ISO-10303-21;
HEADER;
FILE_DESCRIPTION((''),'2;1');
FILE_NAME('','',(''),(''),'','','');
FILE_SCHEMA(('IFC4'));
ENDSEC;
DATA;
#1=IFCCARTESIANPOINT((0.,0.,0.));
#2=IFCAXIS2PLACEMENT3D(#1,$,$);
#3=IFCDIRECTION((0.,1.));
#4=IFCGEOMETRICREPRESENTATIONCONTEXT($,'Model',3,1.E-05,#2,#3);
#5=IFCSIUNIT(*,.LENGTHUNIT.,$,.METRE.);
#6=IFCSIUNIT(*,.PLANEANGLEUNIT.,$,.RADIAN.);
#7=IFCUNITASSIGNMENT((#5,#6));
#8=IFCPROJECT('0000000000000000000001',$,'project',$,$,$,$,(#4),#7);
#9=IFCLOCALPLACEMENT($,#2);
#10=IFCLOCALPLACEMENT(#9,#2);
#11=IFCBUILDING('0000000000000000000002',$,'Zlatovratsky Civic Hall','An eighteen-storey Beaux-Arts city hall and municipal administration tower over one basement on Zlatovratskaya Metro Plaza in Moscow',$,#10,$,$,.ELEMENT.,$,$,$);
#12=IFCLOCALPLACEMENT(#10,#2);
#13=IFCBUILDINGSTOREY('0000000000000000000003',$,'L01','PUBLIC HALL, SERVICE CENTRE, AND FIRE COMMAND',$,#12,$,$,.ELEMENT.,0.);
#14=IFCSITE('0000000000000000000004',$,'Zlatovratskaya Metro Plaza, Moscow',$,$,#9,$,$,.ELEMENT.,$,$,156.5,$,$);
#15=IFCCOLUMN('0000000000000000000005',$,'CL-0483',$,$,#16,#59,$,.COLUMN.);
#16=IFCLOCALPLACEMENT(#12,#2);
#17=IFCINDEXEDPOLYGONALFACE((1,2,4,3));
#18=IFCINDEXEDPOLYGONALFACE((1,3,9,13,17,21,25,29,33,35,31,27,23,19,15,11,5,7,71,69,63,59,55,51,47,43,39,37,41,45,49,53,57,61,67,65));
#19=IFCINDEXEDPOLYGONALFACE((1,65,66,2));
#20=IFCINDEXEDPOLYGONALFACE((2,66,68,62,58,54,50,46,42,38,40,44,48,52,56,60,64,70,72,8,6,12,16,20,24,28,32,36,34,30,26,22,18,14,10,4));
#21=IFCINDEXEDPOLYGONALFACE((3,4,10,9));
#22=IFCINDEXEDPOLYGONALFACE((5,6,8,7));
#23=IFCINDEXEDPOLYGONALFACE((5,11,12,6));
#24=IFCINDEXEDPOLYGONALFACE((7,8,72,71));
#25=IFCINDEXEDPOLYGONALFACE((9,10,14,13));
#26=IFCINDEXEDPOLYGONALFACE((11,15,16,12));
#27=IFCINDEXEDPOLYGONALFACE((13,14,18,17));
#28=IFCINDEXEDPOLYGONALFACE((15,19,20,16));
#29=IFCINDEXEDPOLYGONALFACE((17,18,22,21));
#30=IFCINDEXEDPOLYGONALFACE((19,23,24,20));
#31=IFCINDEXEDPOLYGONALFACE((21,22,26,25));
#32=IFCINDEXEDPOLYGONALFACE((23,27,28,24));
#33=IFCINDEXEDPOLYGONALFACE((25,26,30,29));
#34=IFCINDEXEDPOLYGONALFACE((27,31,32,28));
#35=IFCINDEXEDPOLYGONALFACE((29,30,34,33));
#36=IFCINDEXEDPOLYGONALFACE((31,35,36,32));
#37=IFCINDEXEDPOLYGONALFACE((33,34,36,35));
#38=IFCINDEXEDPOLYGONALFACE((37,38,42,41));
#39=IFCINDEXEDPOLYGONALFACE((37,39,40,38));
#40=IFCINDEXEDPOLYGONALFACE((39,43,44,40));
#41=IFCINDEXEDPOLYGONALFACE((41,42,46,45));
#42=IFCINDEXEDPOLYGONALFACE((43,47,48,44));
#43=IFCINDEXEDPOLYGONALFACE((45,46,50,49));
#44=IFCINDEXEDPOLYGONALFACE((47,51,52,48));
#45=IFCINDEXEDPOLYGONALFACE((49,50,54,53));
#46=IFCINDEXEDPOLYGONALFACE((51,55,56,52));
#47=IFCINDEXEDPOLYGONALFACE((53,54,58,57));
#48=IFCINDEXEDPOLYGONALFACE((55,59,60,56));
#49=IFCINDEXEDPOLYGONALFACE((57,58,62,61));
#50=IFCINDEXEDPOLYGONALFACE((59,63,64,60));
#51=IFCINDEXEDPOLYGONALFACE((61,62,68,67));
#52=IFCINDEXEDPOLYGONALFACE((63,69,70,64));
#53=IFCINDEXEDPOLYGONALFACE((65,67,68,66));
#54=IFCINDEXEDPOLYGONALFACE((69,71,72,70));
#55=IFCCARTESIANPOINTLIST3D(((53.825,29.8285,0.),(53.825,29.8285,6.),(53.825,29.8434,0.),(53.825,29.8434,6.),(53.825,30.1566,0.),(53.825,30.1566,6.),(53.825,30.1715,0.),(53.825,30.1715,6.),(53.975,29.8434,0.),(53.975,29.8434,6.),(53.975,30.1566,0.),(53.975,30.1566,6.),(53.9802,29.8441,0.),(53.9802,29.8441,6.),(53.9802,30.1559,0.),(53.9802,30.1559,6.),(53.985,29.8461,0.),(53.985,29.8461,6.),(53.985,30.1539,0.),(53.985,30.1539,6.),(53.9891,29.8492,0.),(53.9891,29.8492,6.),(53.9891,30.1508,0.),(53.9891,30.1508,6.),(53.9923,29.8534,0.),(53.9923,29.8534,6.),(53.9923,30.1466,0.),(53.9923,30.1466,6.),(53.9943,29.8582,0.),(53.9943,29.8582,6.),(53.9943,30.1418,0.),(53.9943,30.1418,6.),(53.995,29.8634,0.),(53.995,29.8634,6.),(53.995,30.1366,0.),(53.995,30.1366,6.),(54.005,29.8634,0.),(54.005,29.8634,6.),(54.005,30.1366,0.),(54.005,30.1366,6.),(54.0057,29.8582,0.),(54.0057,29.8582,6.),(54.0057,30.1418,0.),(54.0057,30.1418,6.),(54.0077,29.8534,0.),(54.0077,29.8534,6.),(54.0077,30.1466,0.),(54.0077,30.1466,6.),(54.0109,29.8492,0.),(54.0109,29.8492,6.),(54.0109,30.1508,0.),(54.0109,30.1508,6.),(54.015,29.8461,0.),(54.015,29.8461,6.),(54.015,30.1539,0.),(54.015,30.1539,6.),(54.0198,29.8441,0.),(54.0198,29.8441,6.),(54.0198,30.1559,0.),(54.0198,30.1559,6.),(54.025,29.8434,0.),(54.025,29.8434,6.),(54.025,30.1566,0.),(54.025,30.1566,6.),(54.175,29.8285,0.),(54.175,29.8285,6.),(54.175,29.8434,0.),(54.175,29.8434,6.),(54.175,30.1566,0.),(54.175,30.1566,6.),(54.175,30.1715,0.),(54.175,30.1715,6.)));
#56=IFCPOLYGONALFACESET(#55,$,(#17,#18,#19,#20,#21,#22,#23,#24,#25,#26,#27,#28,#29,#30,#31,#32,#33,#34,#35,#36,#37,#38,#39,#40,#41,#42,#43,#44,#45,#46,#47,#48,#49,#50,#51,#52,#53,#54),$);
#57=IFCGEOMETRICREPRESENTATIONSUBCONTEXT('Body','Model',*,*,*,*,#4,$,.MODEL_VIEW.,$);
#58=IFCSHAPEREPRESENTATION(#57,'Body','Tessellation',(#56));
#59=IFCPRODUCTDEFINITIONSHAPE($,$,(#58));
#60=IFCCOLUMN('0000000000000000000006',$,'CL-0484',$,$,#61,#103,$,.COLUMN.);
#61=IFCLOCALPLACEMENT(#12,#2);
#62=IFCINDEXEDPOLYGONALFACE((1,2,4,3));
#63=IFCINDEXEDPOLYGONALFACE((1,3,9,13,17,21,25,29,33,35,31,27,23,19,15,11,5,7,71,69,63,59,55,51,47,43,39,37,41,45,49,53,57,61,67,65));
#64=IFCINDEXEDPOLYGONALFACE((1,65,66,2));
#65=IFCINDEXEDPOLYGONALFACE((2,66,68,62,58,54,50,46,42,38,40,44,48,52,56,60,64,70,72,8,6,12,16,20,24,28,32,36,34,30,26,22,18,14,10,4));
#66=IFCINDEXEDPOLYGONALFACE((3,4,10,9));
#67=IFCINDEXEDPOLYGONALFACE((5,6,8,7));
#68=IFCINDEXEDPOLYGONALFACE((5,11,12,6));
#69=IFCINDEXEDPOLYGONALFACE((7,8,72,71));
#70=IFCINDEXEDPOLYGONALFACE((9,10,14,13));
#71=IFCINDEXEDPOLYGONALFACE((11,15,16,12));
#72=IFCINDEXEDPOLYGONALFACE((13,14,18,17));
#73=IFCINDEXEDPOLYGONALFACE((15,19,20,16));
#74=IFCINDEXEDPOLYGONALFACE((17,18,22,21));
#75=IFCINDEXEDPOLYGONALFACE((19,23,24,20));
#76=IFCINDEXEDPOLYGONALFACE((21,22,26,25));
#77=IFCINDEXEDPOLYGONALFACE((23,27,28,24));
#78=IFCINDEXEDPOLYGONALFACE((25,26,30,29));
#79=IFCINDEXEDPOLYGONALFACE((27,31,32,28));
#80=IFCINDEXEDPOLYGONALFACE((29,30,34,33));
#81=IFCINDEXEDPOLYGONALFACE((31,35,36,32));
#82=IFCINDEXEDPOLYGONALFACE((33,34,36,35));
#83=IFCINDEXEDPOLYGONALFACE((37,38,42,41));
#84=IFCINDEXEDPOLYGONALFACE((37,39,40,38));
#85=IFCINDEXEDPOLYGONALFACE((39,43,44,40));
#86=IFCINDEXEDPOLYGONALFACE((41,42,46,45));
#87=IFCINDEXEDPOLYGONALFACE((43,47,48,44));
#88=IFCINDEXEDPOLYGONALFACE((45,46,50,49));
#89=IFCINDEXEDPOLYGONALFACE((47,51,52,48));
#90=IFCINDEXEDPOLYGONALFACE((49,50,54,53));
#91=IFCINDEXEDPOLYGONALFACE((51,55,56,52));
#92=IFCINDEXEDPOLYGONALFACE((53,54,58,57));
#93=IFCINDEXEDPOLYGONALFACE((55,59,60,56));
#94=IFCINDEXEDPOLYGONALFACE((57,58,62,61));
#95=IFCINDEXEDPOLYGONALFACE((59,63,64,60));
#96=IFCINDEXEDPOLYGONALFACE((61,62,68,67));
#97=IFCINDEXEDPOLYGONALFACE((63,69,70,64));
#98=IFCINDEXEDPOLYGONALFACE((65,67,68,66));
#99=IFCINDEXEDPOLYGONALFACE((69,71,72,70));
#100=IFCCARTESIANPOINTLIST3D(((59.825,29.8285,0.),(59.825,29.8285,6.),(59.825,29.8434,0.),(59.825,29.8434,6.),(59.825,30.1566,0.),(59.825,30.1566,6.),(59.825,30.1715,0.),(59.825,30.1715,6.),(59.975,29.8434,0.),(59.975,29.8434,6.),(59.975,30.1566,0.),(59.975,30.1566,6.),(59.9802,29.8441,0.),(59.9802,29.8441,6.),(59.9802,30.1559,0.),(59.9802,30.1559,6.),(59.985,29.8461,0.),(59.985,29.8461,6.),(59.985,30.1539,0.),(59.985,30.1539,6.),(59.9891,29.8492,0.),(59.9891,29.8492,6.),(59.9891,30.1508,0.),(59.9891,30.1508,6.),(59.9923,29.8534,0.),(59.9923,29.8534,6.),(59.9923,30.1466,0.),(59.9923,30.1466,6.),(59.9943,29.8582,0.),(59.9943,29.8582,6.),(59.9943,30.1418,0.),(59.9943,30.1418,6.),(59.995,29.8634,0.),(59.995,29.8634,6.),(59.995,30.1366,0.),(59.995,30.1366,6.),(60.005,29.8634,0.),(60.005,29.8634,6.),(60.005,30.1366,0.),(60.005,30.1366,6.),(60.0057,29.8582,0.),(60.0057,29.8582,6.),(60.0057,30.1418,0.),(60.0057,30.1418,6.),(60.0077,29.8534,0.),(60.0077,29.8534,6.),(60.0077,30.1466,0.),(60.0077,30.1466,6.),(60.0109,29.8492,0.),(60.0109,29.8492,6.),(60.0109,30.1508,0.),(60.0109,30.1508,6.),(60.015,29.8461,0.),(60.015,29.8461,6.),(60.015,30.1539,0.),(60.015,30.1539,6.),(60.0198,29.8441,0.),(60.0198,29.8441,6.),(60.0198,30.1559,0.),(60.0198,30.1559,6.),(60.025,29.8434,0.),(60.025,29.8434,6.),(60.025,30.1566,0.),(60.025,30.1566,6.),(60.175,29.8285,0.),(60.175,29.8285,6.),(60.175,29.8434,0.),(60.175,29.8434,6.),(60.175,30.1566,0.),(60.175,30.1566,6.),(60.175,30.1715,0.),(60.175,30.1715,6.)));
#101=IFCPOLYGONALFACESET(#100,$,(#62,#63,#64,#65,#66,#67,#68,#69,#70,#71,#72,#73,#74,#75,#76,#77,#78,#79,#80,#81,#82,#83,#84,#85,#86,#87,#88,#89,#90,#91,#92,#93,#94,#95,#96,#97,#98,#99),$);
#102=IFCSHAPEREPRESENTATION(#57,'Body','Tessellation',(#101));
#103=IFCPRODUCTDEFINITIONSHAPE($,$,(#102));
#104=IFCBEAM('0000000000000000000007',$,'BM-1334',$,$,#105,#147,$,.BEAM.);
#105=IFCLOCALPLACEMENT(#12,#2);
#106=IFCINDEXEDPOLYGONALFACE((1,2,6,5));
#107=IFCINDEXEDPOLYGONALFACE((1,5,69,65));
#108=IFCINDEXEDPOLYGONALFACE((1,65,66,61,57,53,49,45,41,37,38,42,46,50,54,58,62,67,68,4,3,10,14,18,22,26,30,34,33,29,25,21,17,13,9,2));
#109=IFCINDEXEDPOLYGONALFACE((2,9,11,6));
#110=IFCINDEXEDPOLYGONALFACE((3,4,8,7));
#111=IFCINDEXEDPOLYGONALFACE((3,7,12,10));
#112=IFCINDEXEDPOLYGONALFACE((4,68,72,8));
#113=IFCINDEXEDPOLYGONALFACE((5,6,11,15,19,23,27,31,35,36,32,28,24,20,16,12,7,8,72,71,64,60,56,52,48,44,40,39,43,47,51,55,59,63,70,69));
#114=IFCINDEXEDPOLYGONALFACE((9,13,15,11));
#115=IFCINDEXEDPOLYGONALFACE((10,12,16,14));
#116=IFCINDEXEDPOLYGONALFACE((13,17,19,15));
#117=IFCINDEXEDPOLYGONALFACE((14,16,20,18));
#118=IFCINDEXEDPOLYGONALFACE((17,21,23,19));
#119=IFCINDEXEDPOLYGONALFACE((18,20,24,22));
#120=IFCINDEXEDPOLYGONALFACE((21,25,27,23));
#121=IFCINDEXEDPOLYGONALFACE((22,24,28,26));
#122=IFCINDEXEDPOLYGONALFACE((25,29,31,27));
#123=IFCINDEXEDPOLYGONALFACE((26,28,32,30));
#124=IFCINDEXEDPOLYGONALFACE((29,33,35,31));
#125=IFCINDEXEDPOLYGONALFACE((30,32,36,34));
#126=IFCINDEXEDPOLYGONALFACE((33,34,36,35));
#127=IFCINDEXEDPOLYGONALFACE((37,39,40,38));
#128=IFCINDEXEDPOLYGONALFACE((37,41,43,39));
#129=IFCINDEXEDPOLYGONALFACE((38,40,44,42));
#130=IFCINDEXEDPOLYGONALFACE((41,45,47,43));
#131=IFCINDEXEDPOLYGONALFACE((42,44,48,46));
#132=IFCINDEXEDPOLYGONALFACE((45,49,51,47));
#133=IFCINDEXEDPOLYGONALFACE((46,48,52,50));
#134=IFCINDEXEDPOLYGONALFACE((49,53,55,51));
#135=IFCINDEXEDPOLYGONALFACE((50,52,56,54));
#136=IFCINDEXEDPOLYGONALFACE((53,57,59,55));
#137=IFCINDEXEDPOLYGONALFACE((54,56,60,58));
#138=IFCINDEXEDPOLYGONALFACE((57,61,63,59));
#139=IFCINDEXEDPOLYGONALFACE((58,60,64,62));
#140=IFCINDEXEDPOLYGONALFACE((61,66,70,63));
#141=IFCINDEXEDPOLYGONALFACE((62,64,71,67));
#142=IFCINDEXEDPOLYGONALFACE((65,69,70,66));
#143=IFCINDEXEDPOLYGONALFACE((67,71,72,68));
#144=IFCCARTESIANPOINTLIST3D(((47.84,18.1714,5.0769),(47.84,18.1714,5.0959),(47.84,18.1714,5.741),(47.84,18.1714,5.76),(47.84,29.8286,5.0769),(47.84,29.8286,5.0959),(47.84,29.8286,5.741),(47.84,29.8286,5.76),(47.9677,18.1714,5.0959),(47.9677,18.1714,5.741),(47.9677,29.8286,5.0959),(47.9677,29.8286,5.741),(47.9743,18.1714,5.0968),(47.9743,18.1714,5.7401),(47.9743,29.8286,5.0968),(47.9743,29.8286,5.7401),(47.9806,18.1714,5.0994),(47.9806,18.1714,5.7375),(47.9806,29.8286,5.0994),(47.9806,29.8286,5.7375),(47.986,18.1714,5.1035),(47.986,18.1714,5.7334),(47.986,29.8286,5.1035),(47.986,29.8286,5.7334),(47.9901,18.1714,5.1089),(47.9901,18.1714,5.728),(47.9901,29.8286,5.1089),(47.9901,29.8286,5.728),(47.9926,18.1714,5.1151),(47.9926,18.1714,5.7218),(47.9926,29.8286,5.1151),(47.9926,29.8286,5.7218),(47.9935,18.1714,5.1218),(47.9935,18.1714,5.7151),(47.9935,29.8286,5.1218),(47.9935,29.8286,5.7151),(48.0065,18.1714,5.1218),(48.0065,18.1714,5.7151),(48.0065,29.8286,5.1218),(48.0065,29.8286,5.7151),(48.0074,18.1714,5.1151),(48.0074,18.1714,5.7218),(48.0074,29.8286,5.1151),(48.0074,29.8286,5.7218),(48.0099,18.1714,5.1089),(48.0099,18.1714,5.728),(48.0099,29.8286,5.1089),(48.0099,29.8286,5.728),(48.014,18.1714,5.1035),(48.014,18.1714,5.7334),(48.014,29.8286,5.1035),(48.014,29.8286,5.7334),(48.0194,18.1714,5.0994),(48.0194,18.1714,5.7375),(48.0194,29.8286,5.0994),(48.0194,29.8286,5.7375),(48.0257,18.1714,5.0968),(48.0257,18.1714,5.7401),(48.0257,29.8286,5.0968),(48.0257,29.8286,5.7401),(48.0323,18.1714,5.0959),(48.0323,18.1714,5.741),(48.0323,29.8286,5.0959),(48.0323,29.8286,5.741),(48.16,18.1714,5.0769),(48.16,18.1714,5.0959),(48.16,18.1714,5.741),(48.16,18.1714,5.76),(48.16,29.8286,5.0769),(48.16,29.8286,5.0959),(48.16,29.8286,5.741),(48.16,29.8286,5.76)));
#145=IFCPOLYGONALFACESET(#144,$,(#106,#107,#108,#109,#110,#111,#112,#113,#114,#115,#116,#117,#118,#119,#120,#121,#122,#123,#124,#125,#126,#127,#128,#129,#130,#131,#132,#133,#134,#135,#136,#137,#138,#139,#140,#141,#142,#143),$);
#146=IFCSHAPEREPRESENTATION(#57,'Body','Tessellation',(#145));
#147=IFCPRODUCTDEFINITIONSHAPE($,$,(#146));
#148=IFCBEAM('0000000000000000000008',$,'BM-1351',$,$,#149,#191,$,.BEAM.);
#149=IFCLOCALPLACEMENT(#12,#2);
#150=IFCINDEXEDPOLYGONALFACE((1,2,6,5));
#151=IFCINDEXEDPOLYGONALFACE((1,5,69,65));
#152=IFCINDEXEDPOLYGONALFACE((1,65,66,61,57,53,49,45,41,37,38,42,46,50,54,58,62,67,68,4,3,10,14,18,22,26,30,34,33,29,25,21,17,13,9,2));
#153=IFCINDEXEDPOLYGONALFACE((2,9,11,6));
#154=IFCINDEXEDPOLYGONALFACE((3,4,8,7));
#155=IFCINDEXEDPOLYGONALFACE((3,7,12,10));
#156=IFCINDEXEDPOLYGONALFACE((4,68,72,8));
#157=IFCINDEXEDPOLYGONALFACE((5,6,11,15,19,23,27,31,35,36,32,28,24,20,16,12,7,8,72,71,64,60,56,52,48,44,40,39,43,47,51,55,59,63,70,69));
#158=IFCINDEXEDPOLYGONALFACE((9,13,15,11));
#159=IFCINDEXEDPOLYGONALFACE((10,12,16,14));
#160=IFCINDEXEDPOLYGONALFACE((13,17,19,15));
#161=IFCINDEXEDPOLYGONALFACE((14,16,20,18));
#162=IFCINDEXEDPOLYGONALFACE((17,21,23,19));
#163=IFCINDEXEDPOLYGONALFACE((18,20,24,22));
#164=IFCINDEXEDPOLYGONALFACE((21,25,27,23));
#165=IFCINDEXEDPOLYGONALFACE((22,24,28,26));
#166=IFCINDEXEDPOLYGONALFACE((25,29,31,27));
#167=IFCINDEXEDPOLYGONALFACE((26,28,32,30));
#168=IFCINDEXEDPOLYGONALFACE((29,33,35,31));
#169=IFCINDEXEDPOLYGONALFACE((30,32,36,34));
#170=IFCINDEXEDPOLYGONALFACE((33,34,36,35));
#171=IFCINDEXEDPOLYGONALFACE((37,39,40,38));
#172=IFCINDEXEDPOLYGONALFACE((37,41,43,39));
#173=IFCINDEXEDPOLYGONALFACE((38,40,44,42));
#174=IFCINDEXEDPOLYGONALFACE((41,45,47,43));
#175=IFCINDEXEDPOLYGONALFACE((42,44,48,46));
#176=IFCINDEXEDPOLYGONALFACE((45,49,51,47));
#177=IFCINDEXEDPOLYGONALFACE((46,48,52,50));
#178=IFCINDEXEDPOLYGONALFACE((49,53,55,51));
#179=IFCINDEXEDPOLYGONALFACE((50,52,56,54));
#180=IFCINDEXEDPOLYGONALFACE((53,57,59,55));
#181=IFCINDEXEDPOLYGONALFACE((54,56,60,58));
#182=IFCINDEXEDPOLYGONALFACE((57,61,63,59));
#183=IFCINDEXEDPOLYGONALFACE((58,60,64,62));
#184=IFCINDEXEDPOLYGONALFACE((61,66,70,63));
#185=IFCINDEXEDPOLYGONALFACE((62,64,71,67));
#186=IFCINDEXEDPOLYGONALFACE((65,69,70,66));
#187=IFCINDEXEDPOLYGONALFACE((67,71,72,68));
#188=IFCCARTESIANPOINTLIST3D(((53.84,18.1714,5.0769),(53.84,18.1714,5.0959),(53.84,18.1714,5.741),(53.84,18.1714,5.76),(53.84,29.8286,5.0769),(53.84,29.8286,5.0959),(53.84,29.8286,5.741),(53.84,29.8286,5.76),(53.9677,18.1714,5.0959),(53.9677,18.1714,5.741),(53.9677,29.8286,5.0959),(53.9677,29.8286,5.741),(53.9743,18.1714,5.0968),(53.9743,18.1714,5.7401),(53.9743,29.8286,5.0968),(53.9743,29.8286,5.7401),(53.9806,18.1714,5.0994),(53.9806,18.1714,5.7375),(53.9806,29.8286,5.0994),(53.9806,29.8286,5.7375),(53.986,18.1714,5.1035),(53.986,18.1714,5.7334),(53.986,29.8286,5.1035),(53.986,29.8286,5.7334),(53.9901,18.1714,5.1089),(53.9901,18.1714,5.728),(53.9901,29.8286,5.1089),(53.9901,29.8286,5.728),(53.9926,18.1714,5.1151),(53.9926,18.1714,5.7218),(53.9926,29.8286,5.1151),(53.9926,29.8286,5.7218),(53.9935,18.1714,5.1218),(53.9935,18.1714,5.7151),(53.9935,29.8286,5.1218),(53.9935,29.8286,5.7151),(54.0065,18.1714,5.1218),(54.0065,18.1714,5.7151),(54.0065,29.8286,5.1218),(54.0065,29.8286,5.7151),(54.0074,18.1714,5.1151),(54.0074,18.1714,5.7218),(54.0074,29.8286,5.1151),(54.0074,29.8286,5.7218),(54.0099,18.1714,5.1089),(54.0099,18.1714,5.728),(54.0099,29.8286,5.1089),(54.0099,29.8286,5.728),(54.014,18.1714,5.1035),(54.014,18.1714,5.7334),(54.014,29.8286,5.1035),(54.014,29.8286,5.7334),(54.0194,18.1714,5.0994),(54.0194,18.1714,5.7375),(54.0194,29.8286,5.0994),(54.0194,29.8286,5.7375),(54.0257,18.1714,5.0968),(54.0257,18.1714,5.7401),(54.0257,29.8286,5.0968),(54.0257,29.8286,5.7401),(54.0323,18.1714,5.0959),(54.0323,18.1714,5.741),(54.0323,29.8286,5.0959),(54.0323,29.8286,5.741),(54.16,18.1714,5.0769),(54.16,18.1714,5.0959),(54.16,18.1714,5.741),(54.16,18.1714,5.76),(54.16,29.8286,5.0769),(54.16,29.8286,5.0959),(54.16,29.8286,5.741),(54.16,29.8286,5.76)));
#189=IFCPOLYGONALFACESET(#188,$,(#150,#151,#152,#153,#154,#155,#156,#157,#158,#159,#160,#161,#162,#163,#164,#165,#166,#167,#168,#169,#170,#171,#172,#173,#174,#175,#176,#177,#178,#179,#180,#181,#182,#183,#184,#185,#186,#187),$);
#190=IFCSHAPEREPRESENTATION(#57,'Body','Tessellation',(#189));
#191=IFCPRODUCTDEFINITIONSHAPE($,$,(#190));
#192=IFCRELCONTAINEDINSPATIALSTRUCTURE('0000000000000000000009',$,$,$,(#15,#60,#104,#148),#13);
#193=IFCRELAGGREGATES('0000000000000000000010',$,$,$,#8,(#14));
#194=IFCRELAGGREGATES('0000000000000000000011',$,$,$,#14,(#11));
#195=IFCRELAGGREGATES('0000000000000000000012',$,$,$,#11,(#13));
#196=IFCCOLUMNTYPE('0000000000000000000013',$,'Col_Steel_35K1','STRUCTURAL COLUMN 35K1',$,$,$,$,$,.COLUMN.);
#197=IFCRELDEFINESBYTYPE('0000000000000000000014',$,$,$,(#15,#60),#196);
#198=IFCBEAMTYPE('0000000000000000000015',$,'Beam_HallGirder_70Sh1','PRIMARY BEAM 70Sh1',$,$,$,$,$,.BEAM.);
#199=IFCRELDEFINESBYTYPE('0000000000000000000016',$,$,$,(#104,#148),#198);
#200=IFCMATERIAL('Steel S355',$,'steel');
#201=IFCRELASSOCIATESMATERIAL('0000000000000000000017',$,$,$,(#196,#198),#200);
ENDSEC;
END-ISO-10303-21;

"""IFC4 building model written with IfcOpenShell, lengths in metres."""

from ifc_helpers import new_model, si_unit, direction, frame, origin, origin_2d, place, context, subcontext, project, spatial, i_section, extrude, material, material_profile, profile_set, type_object, element, save


model = new_model("IFC4")

# Units and contexts
model_context = context("Model", 3, precision=1e-05, world=origin(), true_north=direction((0.0, 1.0)))
body_context = subcontext(model_context, "Body", "Model", "MODEL_VIEW")
ifc_project = project(units=[si_unit("LENGTHUNIT", "METRE"), si_unit("PLANEANGLEUNIT", "RADIAN")], contexts=[model_context])

# Site, building, storey
site_placement = place(None, origin())
site = spatial("IfcSite", under=ifc_project, at=site_placement, Name="Zlatovratskaya Metro Plaza, Moscow", CompositionType="ELEMENT", RefElevation=156.5)
building_placement = place(site_placement, origin())
building = spatial("IfcBuilding", under=site, at=building_placement, Name="Zlatovratsky Civic Hall", Description="An eighteen-storey Beaux-Arts city hall and municipal administration tower over one basement on Zlatovratskaya Metro Plaza in Moscow", CompositionType="ELEMENT")
storey_placement = place(building_placement, origin())
storey = spatial("IfcBuildingStorey", under=building, at=storey_placement, Name="L01", Description="PUBLIC HALL, SERVICE CENTRE, AND FIRE COMMAND", CompositionType="ELEMENT", Elevation=0.0)

# Columns
ifc_material_1 = material(Name="Steel S355", Category="steel")
ifc_material_profile_1 = material_profile(ifc_material_1, i_section(OverallWidth=0.3501, OverallDepth=0.343, WebThickness=0.01, FlangeThickness=0.0149, FilletRadius=0.02, at=origin_2d()), Name="35K1")
ifc_profile_set_1 = profile_set([ifc_material_profile_1], Name="Steel S355")
column_type = type_object("IfcColumnType", Name="Col_Steel_35K1", Description="STRUCTURAL COLUMN 35K1", PredefinedType="COLUMN", material=ifc_profile_set_1)
for number, where, z_axis, x_axis, name in (
    (1, (54.0, 30.0, 0.0), (0.0, 0.0, 1.0), (1.0, 0.0, 0.0), "CL-0483"),
    (2, (60.0, 30.0, 0.0), (0.0, 0.0, 1.0), (1.0, 0.0, 0.0), "CL-0484"),
):
    element("IfcColumn", number, at=place(storey_placement, frame(where, z_axis=z_axis, x_axis=x_axis)), inside=storey, type_object=column_type, Name=name, PredefinedType="COLUMN", context=body_context, shape_type="SweptSolid", body=[
        extrude(i_section(OverallWidth=0.3501, OverallDepth=0.343, WebThickness=0.01, FlangeThickness=0.0149, FilletRadius=0.02, at=origin_2d()), origin(), (0.0, 0.0, 1.0), 6.0),
    ])

# Beams
ifc_material_profile_2 = material_profile(ifc_material_1, i_section(OverallWidth=0.3201, OverallDepth=0.6831, WebThickness=0.0129, FlangeThickness=0.019, FilletRadius=0.0259, at=origin_2d()), Name="70Sh1")
ifc_profile_set_2 = profile_set([ifc_material_profile_2], Name="Steel S355")
beam_type_1 = type_object("IfcBeamType", Name="Beam_HallGirder_70Sh1", Description="PRIMARY BEAM 70Sh1", PredefinedType="BEAM", material=ifc_profile_set_2)
for number, where, z_axis, x_axis, name in (
    (3, (48.0, 18.1714, 5.4185), (0.0, 1.0, 0.0), (-1.0, 0.0, 0.0), "BM-1334"),
    (4, (54.0, 18.1714, 5.4185), (0.0, 1.0, 0.0), (-1.0, 0.0, 0.0), "BM-1351"),
):
    element("IfcBeam", number, at=place(storey_placement, frame(where, z_axis=z_axis, x_axis=x_axis)), inside=storey, type_object=beam_type_1, Name=name, PredefinedType="BEAM", context=body_context, shape_type="SweptSolid", body=[
        extrude(i_section(OverallWidth=0.3201, OverallDepth=0.6831, WebThickness=0.0129, FlangeThickness=0.019, FilletRadius=0.0259, at=origin_2d()), origin(), (0.0, 0.0, 1.0), 11.6572),
    ])

save(model, "model.ifc")
